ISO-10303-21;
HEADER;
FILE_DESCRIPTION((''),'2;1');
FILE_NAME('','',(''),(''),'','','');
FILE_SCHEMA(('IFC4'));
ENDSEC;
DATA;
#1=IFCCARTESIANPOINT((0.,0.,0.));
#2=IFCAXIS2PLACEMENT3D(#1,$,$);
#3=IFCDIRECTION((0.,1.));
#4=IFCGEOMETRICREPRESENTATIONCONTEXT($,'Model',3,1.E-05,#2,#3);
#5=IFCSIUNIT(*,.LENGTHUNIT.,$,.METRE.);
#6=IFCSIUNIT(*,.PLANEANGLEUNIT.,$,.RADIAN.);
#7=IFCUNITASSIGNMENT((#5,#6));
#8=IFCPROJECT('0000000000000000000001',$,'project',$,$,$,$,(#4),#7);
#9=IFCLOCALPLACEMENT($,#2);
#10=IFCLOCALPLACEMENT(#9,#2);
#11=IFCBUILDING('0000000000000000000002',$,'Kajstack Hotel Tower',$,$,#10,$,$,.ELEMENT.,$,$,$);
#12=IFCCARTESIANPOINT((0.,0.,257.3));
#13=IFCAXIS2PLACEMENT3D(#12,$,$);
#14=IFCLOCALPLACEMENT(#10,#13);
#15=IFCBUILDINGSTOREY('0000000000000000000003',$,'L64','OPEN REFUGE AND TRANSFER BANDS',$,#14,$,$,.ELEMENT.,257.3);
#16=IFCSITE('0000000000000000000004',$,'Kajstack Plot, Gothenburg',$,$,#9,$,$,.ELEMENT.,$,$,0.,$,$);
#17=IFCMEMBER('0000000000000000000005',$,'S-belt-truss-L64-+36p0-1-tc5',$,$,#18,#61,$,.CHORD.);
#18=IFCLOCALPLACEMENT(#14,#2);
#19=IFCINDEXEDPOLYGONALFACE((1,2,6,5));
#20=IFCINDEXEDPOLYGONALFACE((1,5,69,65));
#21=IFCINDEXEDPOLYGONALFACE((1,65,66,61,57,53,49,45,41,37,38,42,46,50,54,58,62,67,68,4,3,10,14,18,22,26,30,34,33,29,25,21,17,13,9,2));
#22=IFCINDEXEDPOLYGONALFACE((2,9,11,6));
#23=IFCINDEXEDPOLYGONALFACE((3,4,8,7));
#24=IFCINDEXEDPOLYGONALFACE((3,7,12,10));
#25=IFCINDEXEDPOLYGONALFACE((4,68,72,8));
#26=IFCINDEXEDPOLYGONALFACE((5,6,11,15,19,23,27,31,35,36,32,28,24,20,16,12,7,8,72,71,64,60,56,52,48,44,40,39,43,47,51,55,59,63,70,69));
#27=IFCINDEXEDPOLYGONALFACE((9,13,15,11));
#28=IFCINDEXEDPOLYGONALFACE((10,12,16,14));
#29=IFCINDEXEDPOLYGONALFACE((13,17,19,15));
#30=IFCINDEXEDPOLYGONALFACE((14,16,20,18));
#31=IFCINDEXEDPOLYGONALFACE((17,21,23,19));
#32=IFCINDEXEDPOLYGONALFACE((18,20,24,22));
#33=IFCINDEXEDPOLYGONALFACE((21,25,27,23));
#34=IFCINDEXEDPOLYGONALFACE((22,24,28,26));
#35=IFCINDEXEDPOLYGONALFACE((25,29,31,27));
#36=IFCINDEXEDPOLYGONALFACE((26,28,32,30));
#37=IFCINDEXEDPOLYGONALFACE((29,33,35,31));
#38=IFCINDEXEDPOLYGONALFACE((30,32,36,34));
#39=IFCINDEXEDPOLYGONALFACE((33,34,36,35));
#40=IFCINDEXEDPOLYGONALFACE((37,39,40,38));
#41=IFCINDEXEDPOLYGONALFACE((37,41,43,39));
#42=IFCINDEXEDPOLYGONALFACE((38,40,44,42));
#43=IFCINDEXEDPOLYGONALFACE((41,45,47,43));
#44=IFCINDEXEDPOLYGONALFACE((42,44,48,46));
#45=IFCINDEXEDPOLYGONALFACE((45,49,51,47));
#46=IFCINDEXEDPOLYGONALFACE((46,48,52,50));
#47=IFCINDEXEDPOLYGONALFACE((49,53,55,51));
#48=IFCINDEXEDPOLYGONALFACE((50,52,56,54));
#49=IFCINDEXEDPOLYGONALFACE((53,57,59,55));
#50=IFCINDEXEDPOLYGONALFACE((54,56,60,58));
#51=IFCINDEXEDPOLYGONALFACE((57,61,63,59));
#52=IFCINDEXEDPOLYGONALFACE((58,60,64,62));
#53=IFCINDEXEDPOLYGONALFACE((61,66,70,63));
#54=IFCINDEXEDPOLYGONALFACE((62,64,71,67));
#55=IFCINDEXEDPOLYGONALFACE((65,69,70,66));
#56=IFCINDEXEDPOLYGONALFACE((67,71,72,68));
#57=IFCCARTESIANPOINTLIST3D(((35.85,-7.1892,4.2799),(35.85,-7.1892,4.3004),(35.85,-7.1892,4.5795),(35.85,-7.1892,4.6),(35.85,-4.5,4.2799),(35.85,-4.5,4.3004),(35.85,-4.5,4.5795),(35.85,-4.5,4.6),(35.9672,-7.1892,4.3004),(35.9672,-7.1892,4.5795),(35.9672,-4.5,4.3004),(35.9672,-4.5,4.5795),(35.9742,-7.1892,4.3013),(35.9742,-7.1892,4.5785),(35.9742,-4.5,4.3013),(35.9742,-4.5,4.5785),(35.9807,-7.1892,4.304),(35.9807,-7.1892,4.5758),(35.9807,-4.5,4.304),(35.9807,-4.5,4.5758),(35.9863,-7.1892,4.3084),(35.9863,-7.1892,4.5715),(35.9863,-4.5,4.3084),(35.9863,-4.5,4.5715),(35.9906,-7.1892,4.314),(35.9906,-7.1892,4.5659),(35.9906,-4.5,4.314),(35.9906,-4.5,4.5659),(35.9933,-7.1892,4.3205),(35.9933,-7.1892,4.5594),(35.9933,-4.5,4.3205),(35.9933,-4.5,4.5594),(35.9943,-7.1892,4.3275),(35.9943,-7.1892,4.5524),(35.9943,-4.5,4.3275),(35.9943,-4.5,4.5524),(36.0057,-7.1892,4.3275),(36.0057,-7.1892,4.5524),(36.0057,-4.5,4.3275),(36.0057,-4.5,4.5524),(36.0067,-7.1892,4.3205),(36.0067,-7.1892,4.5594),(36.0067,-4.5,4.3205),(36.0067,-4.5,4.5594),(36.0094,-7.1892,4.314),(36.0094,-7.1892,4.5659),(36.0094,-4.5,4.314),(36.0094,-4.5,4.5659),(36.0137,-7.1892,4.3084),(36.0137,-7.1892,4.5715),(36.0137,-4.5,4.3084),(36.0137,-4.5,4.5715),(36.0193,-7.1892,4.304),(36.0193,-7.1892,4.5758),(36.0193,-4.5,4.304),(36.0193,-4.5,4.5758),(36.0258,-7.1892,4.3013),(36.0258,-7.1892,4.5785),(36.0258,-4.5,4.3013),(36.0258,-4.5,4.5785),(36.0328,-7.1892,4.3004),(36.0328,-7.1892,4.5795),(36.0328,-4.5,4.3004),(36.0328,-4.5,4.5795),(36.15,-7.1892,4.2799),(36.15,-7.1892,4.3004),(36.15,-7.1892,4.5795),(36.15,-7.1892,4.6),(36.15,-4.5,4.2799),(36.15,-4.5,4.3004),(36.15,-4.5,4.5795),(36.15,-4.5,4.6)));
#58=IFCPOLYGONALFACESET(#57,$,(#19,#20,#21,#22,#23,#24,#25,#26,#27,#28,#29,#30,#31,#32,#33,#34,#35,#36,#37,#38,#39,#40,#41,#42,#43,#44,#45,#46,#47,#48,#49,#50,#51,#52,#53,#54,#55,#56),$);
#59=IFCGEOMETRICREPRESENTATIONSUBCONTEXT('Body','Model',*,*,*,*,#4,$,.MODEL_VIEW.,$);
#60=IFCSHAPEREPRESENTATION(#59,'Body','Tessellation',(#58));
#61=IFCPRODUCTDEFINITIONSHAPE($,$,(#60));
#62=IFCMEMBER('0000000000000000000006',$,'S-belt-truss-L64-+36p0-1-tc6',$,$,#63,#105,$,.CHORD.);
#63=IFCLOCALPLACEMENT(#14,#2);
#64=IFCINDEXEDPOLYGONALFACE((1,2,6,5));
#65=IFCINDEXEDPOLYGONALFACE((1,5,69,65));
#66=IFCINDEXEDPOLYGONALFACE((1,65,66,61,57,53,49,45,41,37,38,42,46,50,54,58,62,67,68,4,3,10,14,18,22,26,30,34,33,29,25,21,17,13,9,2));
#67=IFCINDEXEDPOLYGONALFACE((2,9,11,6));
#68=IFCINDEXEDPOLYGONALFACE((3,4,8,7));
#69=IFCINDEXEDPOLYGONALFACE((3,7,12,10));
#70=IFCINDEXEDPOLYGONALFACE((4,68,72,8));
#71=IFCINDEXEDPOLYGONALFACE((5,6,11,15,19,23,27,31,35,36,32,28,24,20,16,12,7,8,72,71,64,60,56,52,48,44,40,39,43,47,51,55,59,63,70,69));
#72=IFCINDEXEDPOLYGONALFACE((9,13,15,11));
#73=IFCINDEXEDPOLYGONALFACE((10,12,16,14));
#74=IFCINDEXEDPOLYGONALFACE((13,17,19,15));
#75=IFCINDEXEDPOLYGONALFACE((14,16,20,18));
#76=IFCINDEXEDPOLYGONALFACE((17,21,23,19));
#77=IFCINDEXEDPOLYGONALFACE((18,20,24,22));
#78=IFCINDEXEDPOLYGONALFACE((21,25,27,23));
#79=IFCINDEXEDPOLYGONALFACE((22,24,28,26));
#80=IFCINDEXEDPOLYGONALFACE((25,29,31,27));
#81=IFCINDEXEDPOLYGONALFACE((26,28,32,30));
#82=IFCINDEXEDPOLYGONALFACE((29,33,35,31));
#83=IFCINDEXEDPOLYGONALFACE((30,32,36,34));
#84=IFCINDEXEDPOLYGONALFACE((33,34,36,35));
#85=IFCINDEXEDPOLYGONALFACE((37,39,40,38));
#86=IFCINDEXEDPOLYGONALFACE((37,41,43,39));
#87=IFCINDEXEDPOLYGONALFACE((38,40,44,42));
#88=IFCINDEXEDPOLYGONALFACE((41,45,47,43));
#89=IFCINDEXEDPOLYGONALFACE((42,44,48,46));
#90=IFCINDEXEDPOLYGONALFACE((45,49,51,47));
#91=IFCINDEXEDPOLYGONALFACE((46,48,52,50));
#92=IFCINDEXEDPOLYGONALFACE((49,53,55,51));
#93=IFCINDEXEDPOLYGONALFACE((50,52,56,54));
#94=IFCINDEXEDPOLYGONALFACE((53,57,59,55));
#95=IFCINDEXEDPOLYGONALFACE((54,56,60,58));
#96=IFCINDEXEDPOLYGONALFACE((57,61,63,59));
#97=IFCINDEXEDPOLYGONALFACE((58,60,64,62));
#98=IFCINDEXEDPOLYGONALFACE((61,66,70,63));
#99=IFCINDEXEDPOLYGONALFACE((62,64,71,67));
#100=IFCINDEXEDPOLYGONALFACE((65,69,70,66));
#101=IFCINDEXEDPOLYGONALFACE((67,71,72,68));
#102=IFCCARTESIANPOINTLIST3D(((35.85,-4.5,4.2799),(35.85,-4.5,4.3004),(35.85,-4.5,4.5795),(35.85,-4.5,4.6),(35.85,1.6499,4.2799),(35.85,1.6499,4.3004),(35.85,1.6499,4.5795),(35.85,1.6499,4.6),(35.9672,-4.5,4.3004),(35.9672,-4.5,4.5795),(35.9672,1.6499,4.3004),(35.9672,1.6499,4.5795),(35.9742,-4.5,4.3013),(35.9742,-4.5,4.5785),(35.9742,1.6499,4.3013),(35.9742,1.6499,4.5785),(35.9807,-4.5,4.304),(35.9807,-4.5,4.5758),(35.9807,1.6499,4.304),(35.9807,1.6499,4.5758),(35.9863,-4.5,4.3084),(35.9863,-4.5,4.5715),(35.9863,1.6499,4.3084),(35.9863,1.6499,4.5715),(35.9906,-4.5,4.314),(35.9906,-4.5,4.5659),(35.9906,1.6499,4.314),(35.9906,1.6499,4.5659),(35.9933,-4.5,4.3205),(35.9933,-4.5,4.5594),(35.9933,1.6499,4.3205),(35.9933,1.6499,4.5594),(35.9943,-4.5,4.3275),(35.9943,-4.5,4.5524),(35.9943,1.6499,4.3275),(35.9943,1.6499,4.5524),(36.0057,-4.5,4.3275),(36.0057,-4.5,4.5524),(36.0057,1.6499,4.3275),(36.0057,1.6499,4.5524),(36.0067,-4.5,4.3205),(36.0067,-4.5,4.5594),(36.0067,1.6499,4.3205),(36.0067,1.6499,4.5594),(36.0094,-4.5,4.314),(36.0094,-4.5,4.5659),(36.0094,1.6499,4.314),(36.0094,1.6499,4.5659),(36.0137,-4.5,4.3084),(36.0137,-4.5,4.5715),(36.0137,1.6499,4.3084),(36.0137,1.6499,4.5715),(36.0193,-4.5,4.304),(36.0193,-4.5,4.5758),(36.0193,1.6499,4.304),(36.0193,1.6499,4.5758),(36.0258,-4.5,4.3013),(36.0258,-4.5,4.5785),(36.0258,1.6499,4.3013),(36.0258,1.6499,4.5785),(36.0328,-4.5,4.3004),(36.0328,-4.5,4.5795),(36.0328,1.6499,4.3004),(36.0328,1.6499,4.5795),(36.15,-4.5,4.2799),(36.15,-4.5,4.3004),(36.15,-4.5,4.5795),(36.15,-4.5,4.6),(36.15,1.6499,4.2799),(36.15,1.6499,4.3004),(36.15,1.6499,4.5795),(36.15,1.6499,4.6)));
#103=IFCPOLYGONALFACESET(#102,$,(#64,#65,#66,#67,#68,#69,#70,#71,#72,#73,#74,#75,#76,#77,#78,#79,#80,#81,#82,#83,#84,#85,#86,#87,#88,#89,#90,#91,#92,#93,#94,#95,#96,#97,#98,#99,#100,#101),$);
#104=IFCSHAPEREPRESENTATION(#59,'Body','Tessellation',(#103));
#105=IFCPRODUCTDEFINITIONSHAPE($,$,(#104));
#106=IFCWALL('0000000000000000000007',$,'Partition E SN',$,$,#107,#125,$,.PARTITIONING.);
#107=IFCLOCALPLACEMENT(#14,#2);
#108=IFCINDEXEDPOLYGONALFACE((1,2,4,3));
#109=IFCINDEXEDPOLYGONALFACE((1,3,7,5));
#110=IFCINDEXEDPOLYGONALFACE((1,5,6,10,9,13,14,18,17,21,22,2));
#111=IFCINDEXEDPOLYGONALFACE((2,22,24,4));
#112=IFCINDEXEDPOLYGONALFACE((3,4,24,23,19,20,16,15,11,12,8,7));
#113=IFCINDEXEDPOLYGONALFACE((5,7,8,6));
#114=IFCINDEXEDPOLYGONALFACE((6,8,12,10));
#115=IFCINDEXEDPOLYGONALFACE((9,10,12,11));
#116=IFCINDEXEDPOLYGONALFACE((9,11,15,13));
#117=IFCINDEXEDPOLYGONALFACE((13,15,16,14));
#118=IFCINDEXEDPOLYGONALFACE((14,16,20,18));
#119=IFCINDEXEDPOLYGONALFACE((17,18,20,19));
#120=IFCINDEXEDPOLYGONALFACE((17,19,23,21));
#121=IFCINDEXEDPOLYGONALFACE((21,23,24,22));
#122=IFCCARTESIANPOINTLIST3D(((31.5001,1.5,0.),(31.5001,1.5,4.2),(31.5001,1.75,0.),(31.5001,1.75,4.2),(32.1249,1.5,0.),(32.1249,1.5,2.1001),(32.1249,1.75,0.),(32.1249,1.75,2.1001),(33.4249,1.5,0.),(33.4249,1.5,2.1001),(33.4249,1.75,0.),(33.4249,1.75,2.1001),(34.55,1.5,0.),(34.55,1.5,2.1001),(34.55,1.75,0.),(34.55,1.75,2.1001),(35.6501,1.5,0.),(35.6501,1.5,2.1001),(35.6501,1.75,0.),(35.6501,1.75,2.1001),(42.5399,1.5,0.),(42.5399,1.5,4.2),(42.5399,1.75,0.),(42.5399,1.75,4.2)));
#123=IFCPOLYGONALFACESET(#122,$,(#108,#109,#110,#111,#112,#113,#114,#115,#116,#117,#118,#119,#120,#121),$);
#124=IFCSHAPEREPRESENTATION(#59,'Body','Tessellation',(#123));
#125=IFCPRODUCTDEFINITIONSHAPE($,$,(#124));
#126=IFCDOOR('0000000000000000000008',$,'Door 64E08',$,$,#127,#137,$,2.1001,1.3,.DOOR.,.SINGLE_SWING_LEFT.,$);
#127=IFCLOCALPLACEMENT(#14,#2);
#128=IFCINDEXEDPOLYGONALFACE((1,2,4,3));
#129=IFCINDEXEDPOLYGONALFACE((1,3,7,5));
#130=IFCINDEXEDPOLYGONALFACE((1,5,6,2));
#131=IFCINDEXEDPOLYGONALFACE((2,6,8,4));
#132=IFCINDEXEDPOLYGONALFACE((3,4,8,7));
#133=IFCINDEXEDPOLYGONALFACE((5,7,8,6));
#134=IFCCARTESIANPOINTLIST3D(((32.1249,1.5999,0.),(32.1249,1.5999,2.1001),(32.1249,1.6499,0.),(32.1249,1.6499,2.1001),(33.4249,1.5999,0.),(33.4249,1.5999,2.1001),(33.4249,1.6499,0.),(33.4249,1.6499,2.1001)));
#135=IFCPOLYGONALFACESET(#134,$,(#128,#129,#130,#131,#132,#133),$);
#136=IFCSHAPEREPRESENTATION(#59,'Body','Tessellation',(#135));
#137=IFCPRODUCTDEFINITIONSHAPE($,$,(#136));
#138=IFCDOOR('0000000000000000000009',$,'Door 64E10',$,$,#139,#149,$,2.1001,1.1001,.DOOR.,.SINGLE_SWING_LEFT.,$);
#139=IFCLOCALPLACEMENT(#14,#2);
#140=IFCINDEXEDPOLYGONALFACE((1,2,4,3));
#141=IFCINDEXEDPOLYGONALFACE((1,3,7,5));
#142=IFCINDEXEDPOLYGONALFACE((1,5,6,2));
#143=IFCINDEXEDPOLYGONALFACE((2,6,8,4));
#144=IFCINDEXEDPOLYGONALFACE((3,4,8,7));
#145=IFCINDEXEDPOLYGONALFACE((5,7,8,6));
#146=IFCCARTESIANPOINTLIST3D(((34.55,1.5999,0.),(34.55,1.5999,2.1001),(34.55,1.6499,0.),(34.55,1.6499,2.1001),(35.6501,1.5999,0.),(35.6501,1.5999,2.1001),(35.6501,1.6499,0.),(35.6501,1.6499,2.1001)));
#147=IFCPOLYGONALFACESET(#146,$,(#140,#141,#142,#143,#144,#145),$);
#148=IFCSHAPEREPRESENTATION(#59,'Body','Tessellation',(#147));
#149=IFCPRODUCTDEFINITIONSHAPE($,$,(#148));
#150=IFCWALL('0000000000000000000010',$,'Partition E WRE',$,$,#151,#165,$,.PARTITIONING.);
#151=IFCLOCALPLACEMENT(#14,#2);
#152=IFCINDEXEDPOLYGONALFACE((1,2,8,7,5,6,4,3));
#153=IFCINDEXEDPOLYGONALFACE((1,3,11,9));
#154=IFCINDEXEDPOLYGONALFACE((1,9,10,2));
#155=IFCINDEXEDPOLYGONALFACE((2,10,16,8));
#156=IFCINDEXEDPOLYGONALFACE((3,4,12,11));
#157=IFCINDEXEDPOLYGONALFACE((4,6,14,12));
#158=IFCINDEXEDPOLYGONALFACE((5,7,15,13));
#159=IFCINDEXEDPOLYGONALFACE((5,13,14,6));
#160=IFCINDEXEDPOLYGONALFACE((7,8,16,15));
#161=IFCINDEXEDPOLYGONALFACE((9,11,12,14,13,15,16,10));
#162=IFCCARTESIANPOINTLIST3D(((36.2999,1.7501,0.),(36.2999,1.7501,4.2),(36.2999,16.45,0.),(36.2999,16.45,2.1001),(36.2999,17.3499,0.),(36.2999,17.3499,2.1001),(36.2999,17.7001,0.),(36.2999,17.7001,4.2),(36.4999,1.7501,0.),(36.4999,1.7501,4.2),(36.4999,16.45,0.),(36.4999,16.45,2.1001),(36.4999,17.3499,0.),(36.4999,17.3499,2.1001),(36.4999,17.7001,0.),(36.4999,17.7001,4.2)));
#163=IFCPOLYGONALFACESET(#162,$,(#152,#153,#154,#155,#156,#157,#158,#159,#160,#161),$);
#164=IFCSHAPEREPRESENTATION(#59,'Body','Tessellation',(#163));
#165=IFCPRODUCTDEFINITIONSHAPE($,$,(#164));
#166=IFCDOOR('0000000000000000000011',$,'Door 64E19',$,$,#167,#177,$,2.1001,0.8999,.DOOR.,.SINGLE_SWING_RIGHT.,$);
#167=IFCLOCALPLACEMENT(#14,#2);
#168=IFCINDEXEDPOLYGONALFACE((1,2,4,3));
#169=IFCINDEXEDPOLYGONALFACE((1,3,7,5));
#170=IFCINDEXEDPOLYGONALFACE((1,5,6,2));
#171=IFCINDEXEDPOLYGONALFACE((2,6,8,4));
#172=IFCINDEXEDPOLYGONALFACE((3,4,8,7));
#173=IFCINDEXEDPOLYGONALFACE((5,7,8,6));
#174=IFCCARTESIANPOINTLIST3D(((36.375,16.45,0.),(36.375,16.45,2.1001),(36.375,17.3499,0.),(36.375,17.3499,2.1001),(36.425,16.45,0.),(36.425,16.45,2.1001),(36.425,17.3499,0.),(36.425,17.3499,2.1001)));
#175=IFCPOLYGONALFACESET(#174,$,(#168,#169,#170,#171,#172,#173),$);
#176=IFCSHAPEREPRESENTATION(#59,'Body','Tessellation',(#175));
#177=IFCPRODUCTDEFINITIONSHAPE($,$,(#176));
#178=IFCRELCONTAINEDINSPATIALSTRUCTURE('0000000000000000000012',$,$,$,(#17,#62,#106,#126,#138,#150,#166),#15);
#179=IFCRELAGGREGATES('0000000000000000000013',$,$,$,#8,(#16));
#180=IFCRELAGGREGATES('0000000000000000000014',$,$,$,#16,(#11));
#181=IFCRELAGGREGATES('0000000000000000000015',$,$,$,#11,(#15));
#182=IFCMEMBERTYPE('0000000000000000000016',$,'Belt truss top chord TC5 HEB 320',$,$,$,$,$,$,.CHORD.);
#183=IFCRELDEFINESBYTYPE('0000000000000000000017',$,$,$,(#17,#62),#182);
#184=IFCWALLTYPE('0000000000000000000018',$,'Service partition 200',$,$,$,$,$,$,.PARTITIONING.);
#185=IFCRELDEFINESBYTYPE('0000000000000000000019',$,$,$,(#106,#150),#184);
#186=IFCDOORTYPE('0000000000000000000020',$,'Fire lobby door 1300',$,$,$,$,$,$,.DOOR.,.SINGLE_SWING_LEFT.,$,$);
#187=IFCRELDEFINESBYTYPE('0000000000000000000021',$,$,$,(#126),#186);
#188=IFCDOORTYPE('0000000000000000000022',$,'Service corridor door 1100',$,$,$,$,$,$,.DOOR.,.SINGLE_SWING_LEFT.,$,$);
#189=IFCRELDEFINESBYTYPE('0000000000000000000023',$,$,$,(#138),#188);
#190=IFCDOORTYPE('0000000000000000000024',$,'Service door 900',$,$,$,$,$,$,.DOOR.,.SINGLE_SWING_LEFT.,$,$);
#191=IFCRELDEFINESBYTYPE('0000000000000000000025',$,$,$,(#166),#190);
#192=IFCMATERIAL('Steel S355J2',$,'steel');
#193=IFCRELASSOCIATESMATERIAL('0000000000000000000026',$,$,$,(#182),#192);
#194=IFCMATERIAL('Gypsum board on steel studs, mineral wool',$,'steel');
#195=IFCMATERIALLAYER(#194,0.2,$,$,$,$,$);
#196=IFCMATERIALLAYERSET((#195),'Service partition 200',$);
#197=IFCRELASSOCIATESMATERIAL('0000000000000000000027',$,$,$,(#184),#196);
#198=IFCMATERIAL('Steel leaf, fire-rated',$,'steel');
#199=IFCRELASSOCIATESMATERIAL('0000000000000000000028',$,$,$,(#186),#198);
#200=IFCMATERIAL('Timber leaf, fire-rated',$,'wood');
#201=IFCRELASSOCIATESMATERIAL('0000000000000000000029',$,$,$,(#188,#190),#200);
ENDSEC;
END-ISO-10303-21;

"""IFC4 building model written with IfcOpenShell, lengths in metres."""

from ifc_helpers import new_model, si_unit, direction, frame, frame_2d, origin, origin_2d, place, context, subcontext, project, spatial, rectangle, i_section, extrude, material, layer, layer_set, material_profile, profile_set, type_object, element, fill, save


model = new_model("IFC4")

# Units and contexts
model_context = context("Model", 3, precision=1e-05, world=origin(), true_north=direction((0.0, 1.0)))
body_context = subcontext(model_context, "Body", "Model", "MODEL_VIEW")
ifc_project = project(units=[si_unit("LENGTHUNIT", "METRE"), si_unit("PLANEANGLEUNIT", "RADIAN")], contexts=[model_context])

# Site, building, storey
site_placement = place(None, origin())
site = spatial("IfcSite", under=ifc_project, at=site_placement, Name="Kajstack Plot, Gothenburg", CompositionType="ELEMENT", RefElevation=0.0)
building_placement = place(site_placement, origin())
building = spatial("IfcBuilding", under=site, at=building_placement, Name="Kajstack Hotel Tower", CompositionType="ELEMENT")
storey_placement = place(building_placement, frame((0.0, 0.0, 257.3)))
storey = spatial("IfcBuildingStorey", under=building, at=storey_placement, Name="L64", Description="OPEN REFUGE AND TRANSFER BANDS", CompositionType="ELEMENT", Elevation=257.3)

# Members
ifc_material_1 = material(Name="Steel S355J2", Category="steel")
ifc_material_profile_1 = material_profile(ifc_material_1, i_section(OverallWidth=0.3, OverallDepth=0.3201, WebThickness=0.0115, FlangeThickness=0.0205, FilletRadius=0.0271, at=origin_2d()), Name="HEB 320")
ifc_profile_set_1 = profile_set([ifc_material_profile_1], Name="Steel S355J2")
member_type_1 = type_object("IfcMemberType", Name="Belt truss top chord TC5 HEB 320", PredefinedType="CHORD", material=ifc_profile_set_1)
member_1_placement = place(storey_placement, frame((36.0, -7.1892, 4.4399), z_axis=(0.0, 1.0, 0.0), x_axis=(-1.0, 0.0, 0.0)))
element("IfcMember", 1, at=member_1_placement, inside=storey, type_object=member_type_1, Name="S-belt-truss-L64-+36p0-1-tc5", PredefinedType="CHORD", context=body_context, shape_type="SweptSolid", body=[
    extrude(i_section(OverallWidth=0.3, OverallDepth=0.3201, WebThickness=0.0115, FlangeThickness=0.0205, FilletRadius=0.0271, at=origin_2d()), origin(), (0.0, 0.0, 1.0), 2.6892),
])
member_2_placement = place(storey_placement, frame((36.0, -4.5, 4.4399), z_axis=(0.0, 1.0, 0.0), x_axis=(-1.0, 0.0, 0.0)))
element("IfcMember", 2, at=member_2_placement, inside=storey, type_object=member_type_1, Name="S-belt-truss-L64-+36p0-1-tc6", PredefinedType="CHORD", context=body_context, shape_type="SweptSolid", body=[
    extrude(i_section(OverallWidth=0.3, OverallDepth=0.3201, WebThickness=0.0115, FlangeThickness=0.0205, FilletRadius=0.0271, at=origin_2d()), origin(), (0.0, 0.0, 1.0), 6.1499),
])

# Wall, openings, doors
ifc_material_2 = material(Name="Gypsum board on steel studs, mineral wool", Category="steel")
ifc_layer_1 = layer(ifc_material_2, 0.2)
ifc_layer_set_1 = layer_set([ifc_layer_1], Name="Service partition 200")
wall_type_1 = type_object("IfcWallType", Name="Service partition 200", PredefinedType="PARTITIONING", material=ifc_layer_set_1)
wall_1_placement = place(storey_placement, frame((31.5, 1.625, 0.0), z_axis=(0.0, 0.0, 1.0), x_axis=(1.0, 0.0, 0.0)))
wall_1 = element("IfcWall", 3, at=wall_1_placement, inside=storey, type_object=wall_type_1, Name="Partition E SN", PredefinedType="PARTITIONING", context=body_context, shape_type="SweptSolid", body=[
    extrude(rectangle(XDim=11.0398, YDim=0.25, at=frame_2d((5.52, 0.0))), origin(), (0.0, 0.0, 1.0), 4.2),
])
opening_1_placement = place(wall_1_placement, frame((0.625, 0.0, 0.0)))
opening_1 = element("IfcOpeningElement", 4, at=opening_1_placement, cuts=wall_1, PredefinedType="OPENING", context=body_context, shape_type="SweptSolid", body=[
    extrude(rectangle(XDim=1.3, YDim=2.1001, at=frame_2d((0.6499, 1.05))), frame((0.0, 0.135, 0.0), z_axis=(0.0, -1.0, 0.0), x_axis=(1.0, 0.0, 0.0)), (0.0, 0.0, 1.0), 0.27),
])
opening_2_placement = place(wall_1_placement, frame((3.05, 0.0, 0.0)))
opening_2 = element("IfcOpeningElement", 5, at=opening_2_placement, cuts=wall_1, PredefinedType="OPENING", context=body_context, shape_type="SweptSolid", body=[
    extrude(rectangle(XDim=1.1001, YDim=2.1001, at=frame_2d((0.55, 1.05))), frame((0.0, 0.135, 0.0), z_axis=(0.0, -1.0, 0.0), x_axis=(1.0, 0.0, 0.0)), (0.0, 0.0, 1.0), 0.27),
])
ifc_material_3 = material(Name="Steel leaf, fire-rated", Category="steel")
door_type_1 = type_object("IfcDoorType", Name="Fire lobby door 1300", OperationType="SINGLE_SWING_LEFT", PredefinedType="DOOR", material=ifc_material_3)
door_1_placement = place(opening_1_placement, origin())
door_1 = element("IfcDoor", 6, at=door_1_placement, inside=storey, type_object=door_type_1, Name="Door 64E08", OperationType="SINGLE_SWING_LEFT", OverallHeight=2.1001, OverallWidth=1.3, PredefinedType="DOOR", context=body_context, shape_type="SweptSolid", body=[
    extrude(rectangle(XDim=1.3, YDim=2.1001, at=frame_2d((0.6499, 1.05))), frame((0.0, 0.0249, 0.0), z_axis=(0.0, -1.0, 0.0), x_axis=(1.0, 0.0, 0.0)), (0.0, 0.0, 1.0), 0.05),
])
fill(opening_1, door_1)
ifc_material_4 = material(Name="Timber leaf, fire-rated", Category="wood")
door_type_2 = type_object("IfcDoorType", Name="Service corridor door 1100", OperationType="SINGLE_SWING_LEFT", PredefinedType="DOOR", material=ifc_material_4)
door_2_placement = place(opening_2_placement, origin())
door_2 = element("IfcDoor", 7, at=door_2_placement, inside=storey, type_object=door_type_2, Name="Door 64E10", OperationType="SINGLE_SWING_LEFT", OverallHeight=2.1001, OverallWidth=1.1001, PredefinedType="DOOR", context=body_context, shape_type="SweptSolid", body=[
    extrude(rectangle(XDim=1.1001, YDim=2.1001, at=frame_2d((0.55, 1.05))), frame((0.0, 0.0249, 0.0), z_axis=(0.0, -1.0, 0.0), x_axis=(1.0, 0.0, 0.0)), (0.0, 0.0, 1.0), 0.05),
])
fill(opening_2, door_2)

# Wall, opening, door
wall_2_placement = place(storey_placement, frame((36.3999, 1.75, 0.0), z_axis=(0.0, 0.0, 1.0), x_axis=(0.0, 1.0, 0.0)))
wall_2 = element("IfcWall", 8, at=wall_2_placement, inside=storey, type_object=wall_type_1, Name="Partition E WRE", PredefinedType="PARTITIONING", context=body_context, shape_type="SweptSolid", body=[
    extrude(rectangle(XDim=15.95, YDim=0.2, at=frame_2d((7.9751, 0.0))), origin(), (0.0, 0.0, 1.0), 4.2),
])
opening_3_placement = place(wall_2_placement, frame((14.7, 0.0, 0.0)))
opening_3 = element("IfcOpeningElement", 9, at=opening_3_placement, cuts=wall_2, PredefinedType="OPENING", context=body_context, shape_type="SweptSolid", body=[
    extrude(rectangle(XDim=0.8999, YDim=2.1001, at=frame_2d((0.45, 1.05))), frame((0.0, 0.1099, 0.0), z_axis=(0.0, -1.0, 0.0), x_axis=(1.0, 0.0, 0.0)), (0.0, 0.0, 1.0), 0.22),
])
door_type_3 = type_object("IfcDoorType", Name="Service door 900", OperationType="SINGLE_SWING_LEFT", PredefinedType="DOOR", material=ifc_material_4)
door_3_placement = place(opening_3_placement, origin())
door_3 = element("IfcDoor", 10, at=door_3_placement, inside=storey, type_object=door_type_3, Name="Door 64E19", OperationType="SINGLE_SWING_RIGHT", OverallHeight=2.1001, OverallWidth=0.8999, PredefinedType="DOOR", context=body_context, shape_type="SweptSolid", body=[
    extrude(rectangle(XDim=0.8999, YDim=2.1001, at=frame_2d((0.45, 1.05))), frame((0.0, 0.0249, 0.0), z_axis=(0.0, -1.0, 0.0), x_axis=(1.0, 0.0, 0.0)), (0.0, 0.0, 1.0), 0.05),
])
fill(opening_3, door_3)

save(model, "model.ifc")
